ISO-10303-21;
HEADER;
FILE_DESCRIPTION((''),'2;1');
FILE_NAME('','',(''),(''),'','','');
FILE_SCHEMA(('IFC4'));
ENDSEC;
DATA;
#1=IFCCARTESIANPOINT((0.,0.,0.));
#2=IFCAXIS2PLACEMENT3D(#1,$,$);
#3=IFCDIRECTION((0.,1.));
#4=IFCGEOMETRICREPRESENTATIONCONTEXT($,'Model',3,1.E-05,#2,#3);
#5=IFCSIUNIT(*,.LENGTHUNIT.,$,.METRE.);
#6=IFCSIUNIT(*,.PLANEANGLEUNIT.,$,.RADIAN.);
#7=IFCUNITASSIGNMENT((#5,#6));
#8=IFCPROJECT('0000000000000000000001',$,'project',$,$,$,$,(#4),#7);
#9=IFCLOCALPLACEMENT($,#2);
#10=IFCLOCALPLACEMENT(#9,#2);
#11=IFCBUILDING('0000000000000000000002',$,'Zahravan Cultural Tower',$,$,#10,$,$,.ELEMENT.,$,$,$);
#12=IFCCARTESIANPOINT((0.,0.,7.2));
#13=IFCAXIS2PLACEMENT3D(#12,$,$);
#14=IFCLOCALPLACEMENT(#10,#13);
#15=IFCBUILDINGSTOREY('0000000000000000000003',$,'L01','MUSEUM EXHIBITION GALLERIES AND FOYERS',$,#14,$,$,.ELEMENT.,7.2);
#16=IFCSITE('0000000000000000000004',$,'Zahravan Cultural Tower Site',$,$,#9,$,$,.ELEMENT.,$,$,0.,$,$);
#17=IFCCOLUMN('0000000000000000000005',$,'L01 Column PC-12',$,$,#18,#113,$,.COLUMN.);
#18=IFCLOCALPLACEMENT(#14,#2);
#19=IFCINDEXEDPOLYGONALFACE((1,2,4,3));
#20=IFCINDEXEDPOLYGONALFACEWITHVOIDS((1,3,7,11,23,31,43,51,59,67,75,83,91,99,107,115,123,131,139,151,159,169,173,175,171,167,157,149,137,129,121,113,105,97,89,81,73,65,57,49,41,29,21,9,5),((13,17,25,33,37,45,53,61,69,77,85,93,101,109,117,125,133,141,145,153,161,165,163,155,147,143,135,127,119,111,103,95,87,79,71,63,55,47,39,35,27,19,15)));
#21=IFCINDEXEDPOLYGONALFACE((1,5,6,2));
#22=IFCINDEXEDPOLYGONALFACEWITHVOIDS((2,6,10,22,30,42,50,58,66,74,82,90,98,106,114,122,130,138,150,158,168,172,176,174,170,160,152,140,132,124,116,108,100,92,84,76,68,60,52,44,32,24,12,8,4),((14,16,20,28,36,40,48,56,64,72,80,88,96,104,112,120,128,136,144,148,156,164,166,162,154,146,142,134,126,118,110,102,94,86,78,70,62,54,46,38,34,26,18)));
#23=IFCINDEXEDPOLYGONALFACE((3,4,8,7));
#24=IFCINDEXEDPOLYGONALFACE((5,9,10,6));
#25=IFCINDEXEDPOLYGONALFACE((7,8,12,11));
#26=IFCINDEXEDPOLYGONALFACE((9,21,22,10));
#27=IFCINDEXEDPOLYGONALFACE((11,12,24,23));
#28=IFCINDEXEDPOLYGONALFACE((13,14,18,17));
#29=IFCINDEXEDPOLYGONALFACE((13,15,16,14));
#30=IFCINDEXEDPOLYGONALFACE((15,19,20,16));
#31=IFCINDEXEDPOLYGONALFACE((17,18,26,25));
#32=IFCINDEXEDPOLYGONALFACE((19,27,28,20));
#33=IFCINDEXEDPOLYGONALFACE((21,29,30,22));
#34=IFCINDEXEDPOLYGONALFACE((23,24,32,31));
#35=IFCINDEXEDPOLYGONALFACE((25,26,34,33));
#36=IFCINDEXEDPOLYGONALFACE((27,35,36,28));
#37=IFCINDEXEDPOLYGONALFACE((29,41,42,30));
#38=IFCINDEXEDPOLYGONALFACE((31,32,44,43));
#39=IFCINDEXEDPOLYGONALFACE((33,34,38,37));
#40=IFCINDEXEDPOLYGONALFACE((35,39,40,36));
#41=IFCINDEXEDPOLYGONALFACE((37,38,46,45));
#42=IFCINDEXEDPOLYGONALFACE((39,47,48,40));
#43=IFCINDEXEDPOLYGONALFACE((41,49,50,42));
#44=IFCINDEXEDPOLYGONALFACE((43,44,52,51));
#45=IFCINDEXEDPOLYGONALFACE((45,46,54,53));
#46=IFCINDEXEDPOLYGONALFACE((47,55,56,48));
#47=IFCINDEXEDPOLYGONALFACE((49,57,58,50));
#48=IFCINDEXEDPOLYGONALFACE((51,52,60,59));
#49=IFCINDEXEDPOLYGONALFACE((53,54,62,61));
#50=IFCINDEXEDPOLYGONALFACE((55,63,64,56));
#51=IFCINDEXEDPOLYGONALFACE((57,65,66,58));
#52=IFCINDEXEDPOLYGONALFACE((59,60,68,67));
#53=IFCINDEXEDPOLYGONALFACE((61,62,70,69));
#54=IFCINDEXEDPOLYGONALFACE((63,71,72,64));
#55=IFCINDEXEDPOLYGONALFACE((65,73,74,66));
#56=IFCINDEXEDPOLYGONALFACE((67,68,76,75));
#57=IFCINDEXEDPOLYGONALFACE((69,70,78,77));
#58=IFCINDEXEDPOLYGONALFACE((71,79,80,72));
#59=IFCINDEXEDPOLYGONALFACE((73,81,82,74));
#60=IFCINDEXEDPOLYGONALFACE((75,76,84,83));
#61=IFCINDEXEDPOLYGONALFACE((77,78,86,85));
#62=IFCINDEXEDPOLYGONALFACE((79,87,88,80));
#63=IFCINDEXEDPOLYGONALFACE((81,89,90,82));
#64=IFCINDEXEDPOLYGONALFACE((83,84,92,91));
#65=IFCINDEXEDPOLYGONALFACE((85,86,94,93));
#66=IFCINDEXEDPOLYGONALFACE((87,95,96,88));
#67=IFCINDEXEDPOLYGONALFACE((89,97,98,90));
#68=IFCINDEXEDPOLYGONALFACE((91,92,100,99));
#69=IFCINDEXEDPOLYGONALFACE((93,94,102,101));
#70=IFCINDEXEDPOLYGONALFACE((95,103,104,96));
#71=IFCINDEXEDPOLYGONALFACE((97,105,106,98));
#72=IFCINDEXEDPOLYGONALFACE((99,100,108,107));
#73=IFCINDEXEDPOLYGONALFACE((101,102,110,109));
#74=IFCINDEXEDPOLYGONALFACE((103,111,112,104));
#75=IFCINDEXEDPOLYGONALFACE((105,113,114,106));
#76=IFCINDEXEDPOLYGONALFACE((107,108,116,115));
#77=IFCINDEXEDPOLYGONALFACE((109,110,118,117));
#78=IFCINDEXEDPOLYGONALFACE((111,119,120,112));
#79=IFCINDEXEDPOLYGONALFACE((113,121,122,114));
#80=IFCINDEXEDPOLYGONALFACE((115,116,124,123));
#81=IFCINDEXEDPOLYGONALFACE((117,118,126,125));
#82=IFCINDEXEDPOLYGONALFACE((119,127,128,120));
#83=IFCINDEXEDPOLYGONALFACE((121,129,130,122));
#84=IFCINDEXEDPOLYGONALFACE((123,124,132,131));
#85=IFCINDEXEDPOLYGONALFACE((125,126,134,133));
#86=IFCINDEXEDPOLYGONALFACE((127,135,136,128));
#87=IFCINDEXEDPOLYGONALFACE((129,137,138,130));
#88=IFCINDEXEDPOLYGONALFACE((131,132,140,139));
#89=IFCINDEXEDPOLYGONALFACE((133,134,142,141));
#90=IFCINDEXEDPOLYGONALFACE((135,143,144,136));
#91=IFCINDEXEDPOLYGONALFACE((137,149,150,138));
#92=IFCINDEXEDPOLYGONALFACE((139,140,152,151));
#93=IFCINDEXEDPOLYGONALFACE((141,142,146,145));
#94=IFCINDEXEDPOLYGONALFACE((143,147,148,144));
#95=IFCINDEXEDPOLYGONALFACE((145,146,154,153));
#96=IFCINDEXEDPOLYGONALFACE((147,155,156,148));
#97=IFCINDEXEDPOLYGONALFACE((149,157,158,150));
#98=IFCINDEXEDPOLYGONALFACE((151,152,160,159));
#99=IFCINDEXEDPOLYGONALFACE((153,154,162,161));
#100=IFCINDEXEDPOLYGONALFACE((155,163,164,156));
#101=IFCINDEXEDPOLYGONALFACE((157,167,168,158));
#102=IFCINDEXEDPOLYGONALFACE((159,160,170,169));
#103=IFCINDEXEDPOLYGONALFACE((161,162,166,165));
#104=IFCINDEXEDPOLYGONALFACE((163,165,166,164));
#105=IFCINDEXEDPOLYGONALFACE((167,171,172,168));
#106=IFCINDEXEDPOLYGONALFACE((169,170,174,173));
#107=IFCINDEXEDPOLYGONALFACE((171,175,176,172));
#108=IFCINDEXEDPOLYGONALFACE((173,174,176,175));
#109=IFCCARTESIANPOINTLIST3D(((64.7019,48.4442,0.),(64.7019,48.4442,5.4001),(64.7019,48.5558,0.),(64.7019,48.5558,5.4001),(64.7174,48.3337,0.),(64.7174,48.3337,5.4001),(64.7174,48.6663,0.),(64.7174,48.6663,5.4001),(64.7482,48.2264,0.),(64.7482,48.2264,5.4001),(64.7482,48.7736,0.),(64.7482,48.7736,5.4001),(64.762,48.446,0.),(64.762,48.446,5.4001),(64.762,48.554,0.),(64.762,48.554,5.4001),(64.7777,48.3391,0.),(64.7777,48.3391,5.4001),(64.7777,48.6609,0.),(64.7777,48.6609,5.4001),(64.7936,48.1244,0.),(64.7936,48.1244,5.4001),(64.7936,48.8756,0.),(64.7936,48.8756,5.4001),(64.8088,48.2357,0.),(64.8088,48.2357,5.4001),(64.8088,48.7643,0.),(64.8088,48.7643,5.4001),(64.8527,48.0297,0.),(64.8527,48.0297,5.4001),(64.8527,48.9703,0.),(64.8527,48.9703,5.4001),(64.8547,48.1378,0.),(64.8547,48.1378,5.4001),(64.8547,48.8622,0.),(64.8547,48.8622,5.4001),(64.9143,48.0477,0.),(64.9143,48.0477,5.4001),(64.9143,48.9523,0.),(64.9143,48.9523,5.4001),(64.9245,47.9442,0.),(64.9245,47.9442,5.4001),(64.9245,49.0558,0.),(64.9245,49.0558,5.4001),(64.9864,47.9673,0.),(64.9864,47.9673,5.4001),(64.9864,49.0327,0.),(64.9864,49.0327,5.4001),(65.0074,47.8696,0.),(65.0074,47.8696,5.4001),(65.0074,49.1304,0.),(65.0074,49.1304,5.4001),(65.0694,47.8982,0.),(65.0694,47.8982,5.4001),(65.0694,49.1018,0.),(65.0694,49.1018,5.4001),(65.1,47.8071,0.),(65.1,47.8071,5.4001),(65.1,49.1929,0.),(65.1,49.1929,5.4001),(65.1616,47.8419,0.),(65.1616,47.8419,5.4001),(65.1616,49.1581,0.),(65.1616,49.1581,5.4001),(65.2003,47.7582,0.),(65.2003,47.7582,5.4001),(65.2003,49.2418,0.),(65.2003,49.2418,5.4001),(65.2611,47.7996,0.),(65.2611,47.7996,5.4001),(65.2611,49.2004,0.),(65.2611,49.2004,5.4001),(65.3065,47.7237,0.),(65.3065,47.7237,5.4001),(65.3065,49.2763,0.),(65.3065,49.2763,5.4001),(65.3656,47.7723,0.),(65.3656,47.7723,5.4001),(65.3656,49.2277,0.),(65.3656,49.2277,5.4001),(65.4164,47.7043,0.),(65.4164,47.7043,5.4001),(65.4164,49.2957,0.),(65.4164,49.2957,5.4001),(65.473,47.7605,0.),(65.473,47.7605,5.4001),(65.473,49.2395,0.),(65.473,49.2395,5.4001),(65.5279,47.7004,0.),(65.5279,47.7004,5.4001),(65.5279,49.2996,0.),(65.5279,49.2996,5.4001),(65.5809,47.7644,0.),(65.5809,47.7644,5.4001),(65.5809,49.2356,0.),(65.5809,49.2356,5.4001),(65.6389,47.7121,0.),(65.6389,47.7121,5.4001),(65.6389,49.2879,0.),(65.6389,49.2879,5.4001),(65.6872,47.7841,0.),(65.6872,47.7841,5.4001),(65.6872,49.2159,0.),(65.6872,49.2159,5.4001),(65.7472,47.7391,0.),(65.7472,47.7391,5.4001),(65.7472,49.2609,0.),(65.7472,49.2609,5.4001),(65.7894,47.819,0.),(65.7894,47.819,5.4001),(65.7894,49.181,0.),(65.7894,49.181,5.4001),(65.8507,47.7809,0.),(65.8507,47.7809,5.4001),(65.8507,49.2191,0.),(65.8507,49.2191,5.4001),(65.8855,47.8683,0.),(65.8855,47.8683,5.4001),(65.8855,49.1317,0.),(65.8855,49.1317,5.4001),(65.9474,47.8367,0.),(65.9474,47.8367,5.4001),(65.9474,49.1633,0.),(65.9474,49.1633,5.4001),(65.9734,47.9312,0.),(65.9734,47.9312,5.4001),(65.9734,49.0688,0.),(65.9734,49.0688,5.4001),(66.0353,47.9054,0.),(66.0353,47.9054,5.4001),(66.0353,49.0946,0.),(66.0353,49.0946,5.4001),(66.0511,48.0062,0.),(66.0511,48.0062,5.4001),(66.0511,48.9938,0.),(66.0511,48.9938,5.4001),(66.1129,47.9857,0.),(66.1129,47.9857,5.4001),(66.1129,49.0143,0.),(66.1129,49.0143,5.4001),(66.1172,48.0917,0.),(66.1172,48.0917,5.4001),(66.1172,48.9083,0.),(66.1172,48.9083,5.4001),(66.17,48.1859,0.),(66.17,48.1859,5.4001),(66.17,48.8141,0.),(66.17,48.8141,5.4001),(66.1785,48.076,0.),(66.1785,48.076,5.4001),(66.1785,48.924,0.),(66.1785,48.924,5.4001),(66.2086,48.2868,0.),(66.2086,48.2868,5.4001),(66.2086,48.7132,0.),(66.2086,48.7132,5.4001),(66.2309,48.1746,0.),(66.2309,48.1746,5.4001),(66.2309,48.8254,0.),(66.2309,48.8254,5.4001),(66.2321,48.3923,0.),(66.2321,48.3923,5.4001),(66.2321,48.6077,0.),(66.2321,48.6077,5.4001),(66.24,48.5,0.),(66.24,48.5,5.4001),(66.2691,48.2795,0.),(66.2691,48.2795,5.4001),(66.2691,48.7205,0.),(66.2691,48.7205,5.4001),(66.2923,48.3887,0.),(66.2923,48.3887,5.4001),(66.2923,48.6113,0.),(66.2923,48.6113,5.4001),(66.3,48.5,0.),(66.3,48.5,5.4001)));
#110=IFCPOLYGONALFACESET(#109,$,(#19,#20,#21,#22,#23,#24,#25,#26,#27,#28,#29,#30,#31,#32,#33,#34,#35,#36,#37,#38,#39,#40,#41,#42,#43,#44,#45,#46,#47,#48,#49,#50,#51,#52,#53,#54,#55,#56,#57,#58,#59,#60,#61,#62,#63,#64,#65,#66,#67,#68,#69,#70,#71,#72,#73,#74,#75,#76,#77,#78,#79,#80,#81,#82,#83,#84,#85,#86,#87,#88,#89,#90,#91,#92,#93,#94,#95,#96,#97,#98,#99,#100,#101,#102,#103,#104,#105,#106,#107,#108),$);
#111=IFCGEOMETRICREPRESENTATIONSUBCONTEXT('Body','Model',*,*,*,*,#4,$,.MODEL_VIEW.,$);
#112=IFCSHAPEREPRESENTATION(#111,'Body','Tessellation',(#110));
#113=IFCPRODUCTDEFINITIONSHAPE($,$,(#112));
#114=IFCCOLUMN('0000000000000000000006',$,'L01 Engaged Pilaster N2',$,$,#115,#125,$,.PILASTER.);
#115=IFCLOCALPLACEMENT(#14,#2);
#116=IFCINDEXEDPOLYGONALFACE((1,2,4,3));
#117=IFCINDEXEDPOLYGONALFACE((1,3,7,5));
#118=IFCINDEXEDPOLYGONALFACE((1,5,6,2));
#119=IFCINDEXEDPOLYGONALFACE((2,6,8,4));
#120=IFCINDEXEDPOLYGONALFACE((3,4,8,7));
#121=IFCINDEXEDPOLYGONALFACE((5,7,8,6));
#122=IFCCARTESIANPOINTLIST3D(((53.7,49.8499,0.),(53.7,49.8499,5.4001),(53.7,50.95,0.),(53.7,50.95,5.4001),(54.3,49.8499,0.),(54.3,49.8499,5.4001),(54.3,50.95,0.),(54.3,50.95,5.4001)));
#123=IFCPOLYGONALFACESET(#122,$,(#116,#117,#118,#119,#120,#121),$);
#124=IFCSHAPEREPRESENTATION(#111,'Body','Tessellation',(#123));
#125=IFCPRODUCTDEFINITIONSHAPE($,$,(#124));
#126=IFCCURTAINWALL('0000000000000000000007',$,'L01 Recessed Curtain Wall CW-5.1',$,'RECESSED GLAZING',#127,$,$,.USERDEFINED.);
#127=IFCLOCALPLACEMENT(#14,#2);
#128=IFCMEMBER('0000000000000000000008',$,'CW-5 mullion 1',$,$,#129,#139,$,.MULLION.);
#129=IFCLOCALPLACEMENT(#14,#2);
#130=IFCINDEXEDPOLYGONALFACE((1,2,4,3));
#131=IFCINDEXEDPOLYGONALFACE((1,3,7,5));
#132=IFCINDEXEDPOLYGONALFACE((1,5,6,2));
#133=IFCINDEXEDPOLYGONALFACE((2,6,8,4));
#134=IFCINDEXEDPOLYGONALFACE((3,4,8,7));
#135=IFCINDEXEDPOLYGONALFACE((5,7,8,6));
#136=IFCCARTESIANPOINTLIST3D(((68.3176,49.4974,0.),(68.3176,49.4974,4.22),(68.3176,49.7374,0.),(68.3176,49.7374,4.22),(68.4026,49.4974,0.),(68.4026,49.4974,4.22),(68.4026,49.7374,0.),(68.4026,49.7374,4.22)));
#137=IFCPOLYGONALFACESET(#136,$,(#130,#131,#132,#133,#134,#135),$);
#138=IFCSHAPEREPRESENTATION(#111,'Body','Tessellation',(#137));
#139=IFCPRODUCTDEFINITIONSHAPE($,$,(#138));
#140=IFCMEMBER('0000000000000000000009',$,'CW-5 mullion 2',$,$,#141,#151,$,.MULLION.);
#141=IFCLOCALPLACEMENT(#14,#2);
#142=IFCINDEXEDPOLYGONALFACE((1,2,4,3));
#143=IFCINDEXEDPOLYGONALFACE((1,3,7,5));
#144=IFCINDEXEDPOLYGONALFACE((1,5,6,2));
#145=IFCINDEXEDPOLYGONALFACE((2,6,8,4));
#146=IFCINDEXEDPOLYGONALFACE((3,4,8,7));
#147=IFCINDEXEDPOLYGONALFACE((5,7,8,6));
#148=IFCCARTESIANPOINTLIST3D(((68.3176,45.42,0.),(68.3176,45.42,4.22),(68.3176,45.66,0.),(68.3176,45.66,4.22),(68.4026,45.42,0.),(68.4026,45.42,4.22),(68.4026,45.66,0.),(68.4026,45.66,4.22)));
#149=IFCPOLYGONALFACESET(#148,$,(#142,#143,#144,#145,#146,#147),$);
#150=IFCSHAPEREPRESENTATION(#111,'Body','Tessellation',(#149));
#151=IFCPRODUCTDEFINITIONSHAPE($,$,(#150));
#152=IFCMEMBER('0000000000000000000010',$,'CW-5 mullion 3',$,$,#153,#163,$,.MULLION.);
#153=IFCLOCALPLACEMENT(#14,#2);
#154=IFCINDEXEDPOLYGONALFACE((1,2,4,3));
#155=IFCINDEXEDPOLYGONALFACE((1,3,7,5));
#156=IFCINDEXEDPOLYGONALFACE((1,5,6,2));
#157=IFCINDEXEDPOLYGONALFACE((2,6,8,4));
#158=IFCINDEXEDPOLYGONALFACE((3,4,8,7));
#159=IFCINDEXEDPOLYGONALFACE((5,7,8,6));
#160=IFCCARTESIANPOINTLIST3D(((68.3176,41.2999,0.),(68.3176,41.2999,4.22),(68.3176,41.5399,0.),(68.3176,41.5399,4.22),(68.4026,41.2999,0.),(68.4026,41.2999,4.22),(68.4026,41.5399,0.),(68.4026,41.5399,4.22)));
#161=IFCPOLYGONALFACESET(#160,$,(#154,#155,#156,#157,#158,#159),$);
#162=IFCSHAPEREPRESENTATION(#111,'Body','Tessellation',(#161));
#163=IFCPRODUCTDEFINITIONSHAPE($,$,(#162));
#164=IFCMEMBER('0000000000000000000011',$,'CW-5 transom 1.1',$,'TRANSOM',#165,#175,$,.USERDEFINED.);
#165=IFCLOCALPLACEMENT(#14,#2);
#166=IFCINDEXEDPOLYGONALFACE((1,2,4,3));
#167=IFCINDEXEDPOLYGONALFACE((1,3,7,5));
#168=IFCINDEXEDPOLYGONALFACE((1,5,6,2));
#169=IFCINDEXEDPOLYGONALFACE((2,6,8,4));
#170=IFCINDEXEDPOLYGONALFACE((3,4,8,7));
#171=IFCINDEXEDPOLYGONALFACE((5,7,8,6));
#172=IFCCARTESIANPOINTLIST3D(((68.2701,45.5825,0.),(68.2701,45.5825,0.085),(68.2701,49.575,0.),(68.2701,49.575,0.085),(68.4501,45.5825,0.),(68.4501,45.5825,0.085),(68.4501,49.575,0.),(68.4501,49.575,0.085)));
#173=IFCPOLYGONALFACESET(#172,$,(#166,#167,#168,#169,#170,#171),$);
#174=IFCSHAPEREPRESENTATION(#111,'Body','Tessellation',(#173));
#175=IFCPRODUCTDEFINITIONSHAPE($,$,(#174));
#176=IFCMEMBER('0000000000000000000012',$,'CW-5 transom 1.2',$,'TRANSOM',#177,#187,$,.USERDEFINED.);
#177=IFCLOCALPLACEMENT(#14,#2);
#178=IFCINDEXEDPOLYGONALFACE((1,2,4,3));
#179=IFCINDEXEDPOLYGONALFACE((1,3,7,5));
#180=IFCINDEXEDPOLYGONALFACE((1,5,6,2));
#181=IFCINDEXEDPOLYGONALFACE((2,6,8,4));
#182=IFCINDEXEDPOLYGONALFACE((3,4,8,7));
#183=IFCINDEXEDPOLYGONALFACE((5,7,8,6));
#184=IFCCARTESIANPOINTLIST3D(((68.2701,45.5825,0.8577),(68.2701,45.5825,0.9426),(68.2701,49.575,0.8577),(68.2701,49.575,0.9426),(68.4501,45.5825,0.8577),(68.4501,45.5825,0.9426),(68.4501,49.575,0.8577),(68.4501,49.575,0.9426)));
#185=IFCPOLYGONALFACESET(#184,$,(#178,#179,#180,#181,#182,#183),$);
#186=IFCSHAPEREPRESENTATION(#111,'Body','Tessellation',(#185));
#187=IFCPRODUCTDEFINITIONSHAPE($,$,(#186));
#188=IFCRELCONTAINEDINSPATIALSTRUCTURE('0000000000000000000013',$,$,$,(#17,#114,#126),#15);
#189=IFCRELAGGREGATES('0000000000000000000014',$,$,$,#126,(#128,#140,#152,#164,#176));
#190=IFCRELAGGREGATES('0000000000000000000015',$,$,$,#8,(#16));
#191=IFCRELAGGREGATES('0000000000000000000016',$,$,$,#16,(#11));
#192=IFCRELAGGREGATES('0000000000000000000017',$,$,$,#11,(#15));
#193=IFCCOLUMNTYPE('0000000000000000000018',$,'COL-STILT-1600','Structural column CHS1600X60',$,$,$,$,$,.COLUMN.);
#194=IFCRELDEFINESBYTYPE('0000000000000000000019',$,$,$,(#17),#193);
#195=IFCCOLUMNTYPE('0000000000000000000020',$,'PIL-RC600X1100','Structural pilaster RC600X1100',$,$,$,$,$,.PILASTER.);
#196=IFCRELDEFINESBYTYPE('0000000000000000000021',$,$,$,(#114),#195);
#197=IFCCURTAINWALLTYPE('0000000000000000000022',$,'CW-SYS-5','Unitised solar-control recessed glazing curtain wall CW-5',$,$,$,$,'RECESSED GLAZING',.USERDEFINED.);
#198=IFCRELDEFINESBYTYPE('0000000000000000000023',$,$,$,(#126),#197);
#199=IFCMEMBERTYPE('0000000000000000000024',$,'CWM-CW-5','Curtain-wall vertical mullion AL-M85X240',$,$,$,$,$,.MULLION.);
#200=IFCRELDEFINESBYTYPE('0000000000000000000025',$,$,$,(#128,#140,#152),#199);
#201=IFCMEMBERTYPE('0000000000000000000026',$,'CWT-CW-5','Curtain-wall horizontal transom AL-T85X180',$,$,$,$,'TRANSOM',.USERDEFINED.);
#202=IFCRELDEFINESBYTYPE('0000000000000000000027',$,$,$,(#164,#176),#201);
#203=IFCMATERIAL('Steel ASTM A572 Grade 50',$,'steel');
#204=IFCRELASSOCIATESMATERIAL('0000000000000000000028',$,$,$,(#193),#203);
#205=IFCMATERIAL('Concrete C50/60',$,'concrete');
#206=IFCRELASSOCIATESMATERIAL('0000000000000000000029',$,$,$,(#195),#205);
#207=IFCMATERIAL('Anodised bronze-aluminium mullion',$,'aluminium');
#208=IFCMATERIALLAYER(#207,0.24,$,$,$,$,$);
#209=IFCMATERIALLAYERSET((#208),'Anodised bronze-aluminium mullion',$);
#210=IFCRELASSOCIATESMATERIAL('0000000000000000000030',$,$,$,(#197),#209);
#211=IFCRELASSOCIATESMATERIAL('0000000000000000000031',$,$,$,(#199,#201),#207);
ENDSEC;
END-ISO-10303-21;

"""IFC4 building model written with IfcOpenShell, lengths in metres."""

from ifc_helpers import new_model, si_unit, direction, frame, origin, origin_2d, place, context, subcontext, project, spatial, rectangle, hollow_circle, extrude, source, transform, mapped, material, layer, layer_set, material_profile, profile_set, type_object, element, aggregate, save


model = new_model("IFC4")

# Units and contexts
model_context = context("Model", 3, precision=1e-05, world=origin(), true_north=direction((0.0, 1.0)))
body_context = subcontext(model_context, "Body", "Model", "MODEL_VIEW")
ifc_project = project(units=[si_unit("LENGTHUNIT", "METRE"), si_unit("PLANEANGLEUNIT", "RADIAN")], contexts=[model_context])

# Site, building, storey
site_placement = place(None, origin())
site = spatial("IfcSite", under=ifc_project, at=site_placement, Name="Zahravan Cultural Tower Site", CompositionType="ELEMENT", RefElevation=0.0)
building_placement = place(site_placement, origin())
building = spatial("IfcBuilding", under=site, at=building_placement, Name="Zahravan Cultural Tower", CompositionType="ELEMENT")
storey_placement = place(building_placement, frame((0.0, 0.0, 7.2)))
storey = spatial("IfcBuildingStorey", under=building, at=storey_placement, Name="L01", Description="MUSEUM EXHIBITION GALLERIES AND FOYERS", CompositionType="ELEMENT", Elevation=7.2)

# Columns
ifc_material_1 = material(Name="Steel ASTM A572 Grade 50", Category="steel")
ifc_material_profile_1 = material_profile(ifc_material_1, hollow_circle(Radius=0.8, WallThickness=0.0601, at=origin_2d()), Name="CHS1600X60")
ifc_profile_set_1 = profile_set([ifc_material_profile_1], Name="Steel ASTM A572 Grade 50")
column_type_1 = type_object("IfcColumnType", Name="COL-STILT-1600", Description="Structural column CHS1600X60", PredefinedType="COLUMN", material=ifc_profile_set_1)
shared_shape_1 = source(origin(), body_context, "Body", "SweptSolid", [
    extrude(hollow_circle(Radius=0.8, WallThickness=0.0601, at=origin_2d()), origin(), (0.0, 0.0, 1.0), 5.4001),
])
column_1_placement = place(storey_placement, frame((65.5, 48.5, 0.0), z_axis=(0.0, 0.0, 1.0), x_axis=(1.0, 0.0, 0.0)))
element("IfcColumn", 1, at=column_1_placement, inside=storey, type_object=column_type_1, Name="L01 Column PC-12", PredefinedType="COLUMN", context=body_context, shape_type="MappedRepresentation", body=[
    mapped(shared_shape_1, transform((0.0, 0.0, 0.0), x_axis=(1.0, 0.0, 0.0), y_axis=(0.0, 1.0, 0.0), z_axis=(0.0, 0.0, 1.0), scale=1.0)),
])
ifc_material_2 = material(Name="Concrete C50/60", Category="concrete")
ifc_material_profile_2 = material_profile(ifc_material_2, rectangle(XDim=0.6001, YDim=1.1001, at=origin_2d()), Name="RC600X1100")
ifc_profile_set_2 = profile_set([ifc_material_profile_2], Name="Concrete C50/60")
column_type_2 = type_object("IfcColumnType", Name="PIL-RC600X1100", Description="Structural pilaster RC600X1100", PredefinedType="PILASTER", material=ifc_profile_set_2)
shared_shape_2 = source(origin(), body_context, "Body", "SweptSolid", [
    extrude(rectangle(XDim=0.6001, YDim=1.1001, at=origin_2d()), origin(), (0.0, 0.0, 1.0), 5.4001),
])
column_2_placement = place(storey_placement, frame((54.0, 50.3999, 0.0), z_axis=(0.0, 0.0, 1.0), x_axis=(1.0, 0.0, 0.0)))
element("IfcColumn", 2, at=column_2_placement, inside=storey, type_object=column_type_2, Name="L01 Engaged Pilaster N2", PredefinedType="PILASTER", context=body_context, shape_type="MappedRepresentation", body=[
    mapped(shared_shape_2, transform((0.0, 0.0, 0.0), x_axis=(1.0, 0.0, 0.0), y_axis=(0.0, 1.0, 0.0), z_axis=(0.0, 0.0, 1.0), scale=1.0)),
])

# Curtain wall, members
ifc_material_3 = material(Name="Anodised bronze-aluminium mullion", Category="aluminium")
ifc_layer_1 = layer(ifc_material_3, 0.24)
ifc_layer_set_1 = layer_set([ifc_layer_1], Name="Anodised bronze-aluminium mullion")
curtain_wall_type = type_object("IfcCurtainWallType", Name="CW-SYS-5", Description="Unitised solar-control recessed glazing curtain wall CW-5", ElementType="RECESSED GLAZING", PredefinedType="USERDEFINED", material=ifc_layer_set_1)
curtain_wall_placement = place(storey_placement, origin())
curtain_wall = element("IfcCurtainWall", 3, at=curtain_wall_placement, inside=storey, type_object=curtain_wall_type, Name="L01 Recessed Curtain Wall CW-5.1", ObjectType="RECESSED GLAZING", PredefinedType="USERDEFINED")
ifc_material_profile_3 = material_profile(ifc_material_3, rectangle(XDim=0.085, YDim=0.24, at=origin_2d()), Name="AL-M85X240")
ifc_profile_set_3 = profile_set([ifc_material_profile_3], Name="Anodised bronze-aluminium mullion")
member_type_1 = type_object("IfcMemberType", Name="CWM-CW-5", Description="Curtain-wall vertical mullion AL-M85X240", PredefinedType="MULLION", material=ifc_profile_set_3)
shared_shape_3 = source(origin(), body_context, "Body", "SweptSolid", [
    extrude(rectangle(XDim=0.085, YDim=0.24, at=origin_2d()), origin(), (0.0, 0.0, 1.0), 4.22),
])
member_1_placement = place(storey_placement, frame((68.3601, 49.6174, 0.0), z_axis=(0.0, 0.0, 1.0), x_axis=(1.0, 0.0, 0.0)))
member_1 = element("IfcMember", 4, at=member_1_placement, type_object=member_type_1, Name="CW-5 mullion 1", PredefinedType="MULLION", context=body_context, shape_type="MappedRepresentation", body=[
    mapped(shared_shape_3, transform((0.0, 0.0, 0.0), x_axis=(1.0, 0.0, 0.0), y_axis=(0.0, 1.0, 0.0), z_axis=(0.0, 0.0, 1.0), scale=1.0)),
])
member_2_placement = place(storey_placement, frame((68.3601, 45.54, 0.0), z_axis=(0.0, 0.0, 1.0), x_axis=(1.0, 0.0, 0.0)))
member_2 = element("IfcMember", 5, at=member_2_placement, type_object=member_type_1, Name="CW-5 mullion 2", PredefinedType="MULLION", context=body_context, shape_type="MappedRepresentation", body=[
    mapped(shared_shape_3, transform((0.0, 0.0, 0.0), x_axis=(1.0, 0.0, 0.0), y_axis=(0.0, 1.0, 0.0), z_axis=(0.0, 0.0, 1.0), scale=1.0)),
])
member_3_placement = place(storey_placement, frame((68.3601, 41.4199, 0.0), z_axis=(0.0, 0.0, 1.0), x_axis=(1.0, 0.0, 0.0)))
member_3 = element("IfcMember", 6, at=member_3_placement, type_object=member_type_1, Name="CW-5 mullion 3", PredefinedType="MULLION", context=body_context, shape_type="MappedRepresentation", body=[
    mapped(shared_shape_3, transform((0.0, 0.0, 0.0), x_axis=(1.0, 0.0, 0.0), y_axis=(0.0, 1.0, 0.0), z_axis=(0.0, 0.0, 1.0), scale=1.0)),
])
ifc_material_profile_4 = material_profile(ifc_material_3, rectangle(XDim=0.1799, YDim=0.085, at=origin_2d()), Name="AL-T85X180")
ifc_profile_set_4 = profile_set([ifc_material_profile_4], Name="Anodised bronze-aluminium mullion")
member_type_2 = type_object("IfcMemberType", Name="CWT-CW-5", Description="Curtain-wall horizontal transom AL-T85X180", ElementType="TRANSOM", PredefinedType="USERDEFINED", material=ifc_profile_set_4)
shared_shape_4 = source(origin(), body_context, "Body", "SweptSolid", [
    extrude(rectangle(XDim=0.1799, YDim=0.085, at=origin_2d()), origin(), (0.0, 0.0, 1.0), 3.9924),
])
member_4_placement = place(storey_placement, frame((68.3601, 49.575, 0.0425), z_axis=(0.0, -1.0, 0.0), x_axis=(1.0, 0.0, 0.0)))
member_4 = element("IfcMember", 7, at=member_4_placement, type_object=member_type_2, Name="CW-5 transom 1.1", ObjectType="TRANSOM", PredefinedType="USERDEFINED", context=body_context, shape_type="MappedRepresentation", body=[
    mapped(shared_shape_4, transform((0.0, 0.0, 0.0), x_axis=(1.0, 0.0, 0.0), y_axis=(0.0, 1.0, 0.0), z_axis=(0.0, 0.0, 1.0), scale=1.0)),
])
member_5_placement = place(storey_placement, frame((68.3601, 49.575, 0.9001), z_axis=(0.0, -1.0, 0.0), x_axis=(1.0, 0.0, 0.0)))
member_5 = element("IfcMember", 8, at=member_5_placement, type_object=member_type_2, Name="CW-5 transom 1.2", ObjectType="TRANSOM", PredefinedType="USERDEFINED", context=body_context, shape_type="MappedRepresentation", body=[
    mapped(shared_shape_4, transform((0.0, 0.0, 0.0), x_axis=(1.0, 0.0, 0.0), y_axis=(0.0, 1.0, 0.0), z_axis=(0.0, 0.0, 1.0), scale=1.0)),
])
aggregate(curtain_wall, [member_1, member_2, member_3, member_4, member_5])

save(model, "model.ifc")
